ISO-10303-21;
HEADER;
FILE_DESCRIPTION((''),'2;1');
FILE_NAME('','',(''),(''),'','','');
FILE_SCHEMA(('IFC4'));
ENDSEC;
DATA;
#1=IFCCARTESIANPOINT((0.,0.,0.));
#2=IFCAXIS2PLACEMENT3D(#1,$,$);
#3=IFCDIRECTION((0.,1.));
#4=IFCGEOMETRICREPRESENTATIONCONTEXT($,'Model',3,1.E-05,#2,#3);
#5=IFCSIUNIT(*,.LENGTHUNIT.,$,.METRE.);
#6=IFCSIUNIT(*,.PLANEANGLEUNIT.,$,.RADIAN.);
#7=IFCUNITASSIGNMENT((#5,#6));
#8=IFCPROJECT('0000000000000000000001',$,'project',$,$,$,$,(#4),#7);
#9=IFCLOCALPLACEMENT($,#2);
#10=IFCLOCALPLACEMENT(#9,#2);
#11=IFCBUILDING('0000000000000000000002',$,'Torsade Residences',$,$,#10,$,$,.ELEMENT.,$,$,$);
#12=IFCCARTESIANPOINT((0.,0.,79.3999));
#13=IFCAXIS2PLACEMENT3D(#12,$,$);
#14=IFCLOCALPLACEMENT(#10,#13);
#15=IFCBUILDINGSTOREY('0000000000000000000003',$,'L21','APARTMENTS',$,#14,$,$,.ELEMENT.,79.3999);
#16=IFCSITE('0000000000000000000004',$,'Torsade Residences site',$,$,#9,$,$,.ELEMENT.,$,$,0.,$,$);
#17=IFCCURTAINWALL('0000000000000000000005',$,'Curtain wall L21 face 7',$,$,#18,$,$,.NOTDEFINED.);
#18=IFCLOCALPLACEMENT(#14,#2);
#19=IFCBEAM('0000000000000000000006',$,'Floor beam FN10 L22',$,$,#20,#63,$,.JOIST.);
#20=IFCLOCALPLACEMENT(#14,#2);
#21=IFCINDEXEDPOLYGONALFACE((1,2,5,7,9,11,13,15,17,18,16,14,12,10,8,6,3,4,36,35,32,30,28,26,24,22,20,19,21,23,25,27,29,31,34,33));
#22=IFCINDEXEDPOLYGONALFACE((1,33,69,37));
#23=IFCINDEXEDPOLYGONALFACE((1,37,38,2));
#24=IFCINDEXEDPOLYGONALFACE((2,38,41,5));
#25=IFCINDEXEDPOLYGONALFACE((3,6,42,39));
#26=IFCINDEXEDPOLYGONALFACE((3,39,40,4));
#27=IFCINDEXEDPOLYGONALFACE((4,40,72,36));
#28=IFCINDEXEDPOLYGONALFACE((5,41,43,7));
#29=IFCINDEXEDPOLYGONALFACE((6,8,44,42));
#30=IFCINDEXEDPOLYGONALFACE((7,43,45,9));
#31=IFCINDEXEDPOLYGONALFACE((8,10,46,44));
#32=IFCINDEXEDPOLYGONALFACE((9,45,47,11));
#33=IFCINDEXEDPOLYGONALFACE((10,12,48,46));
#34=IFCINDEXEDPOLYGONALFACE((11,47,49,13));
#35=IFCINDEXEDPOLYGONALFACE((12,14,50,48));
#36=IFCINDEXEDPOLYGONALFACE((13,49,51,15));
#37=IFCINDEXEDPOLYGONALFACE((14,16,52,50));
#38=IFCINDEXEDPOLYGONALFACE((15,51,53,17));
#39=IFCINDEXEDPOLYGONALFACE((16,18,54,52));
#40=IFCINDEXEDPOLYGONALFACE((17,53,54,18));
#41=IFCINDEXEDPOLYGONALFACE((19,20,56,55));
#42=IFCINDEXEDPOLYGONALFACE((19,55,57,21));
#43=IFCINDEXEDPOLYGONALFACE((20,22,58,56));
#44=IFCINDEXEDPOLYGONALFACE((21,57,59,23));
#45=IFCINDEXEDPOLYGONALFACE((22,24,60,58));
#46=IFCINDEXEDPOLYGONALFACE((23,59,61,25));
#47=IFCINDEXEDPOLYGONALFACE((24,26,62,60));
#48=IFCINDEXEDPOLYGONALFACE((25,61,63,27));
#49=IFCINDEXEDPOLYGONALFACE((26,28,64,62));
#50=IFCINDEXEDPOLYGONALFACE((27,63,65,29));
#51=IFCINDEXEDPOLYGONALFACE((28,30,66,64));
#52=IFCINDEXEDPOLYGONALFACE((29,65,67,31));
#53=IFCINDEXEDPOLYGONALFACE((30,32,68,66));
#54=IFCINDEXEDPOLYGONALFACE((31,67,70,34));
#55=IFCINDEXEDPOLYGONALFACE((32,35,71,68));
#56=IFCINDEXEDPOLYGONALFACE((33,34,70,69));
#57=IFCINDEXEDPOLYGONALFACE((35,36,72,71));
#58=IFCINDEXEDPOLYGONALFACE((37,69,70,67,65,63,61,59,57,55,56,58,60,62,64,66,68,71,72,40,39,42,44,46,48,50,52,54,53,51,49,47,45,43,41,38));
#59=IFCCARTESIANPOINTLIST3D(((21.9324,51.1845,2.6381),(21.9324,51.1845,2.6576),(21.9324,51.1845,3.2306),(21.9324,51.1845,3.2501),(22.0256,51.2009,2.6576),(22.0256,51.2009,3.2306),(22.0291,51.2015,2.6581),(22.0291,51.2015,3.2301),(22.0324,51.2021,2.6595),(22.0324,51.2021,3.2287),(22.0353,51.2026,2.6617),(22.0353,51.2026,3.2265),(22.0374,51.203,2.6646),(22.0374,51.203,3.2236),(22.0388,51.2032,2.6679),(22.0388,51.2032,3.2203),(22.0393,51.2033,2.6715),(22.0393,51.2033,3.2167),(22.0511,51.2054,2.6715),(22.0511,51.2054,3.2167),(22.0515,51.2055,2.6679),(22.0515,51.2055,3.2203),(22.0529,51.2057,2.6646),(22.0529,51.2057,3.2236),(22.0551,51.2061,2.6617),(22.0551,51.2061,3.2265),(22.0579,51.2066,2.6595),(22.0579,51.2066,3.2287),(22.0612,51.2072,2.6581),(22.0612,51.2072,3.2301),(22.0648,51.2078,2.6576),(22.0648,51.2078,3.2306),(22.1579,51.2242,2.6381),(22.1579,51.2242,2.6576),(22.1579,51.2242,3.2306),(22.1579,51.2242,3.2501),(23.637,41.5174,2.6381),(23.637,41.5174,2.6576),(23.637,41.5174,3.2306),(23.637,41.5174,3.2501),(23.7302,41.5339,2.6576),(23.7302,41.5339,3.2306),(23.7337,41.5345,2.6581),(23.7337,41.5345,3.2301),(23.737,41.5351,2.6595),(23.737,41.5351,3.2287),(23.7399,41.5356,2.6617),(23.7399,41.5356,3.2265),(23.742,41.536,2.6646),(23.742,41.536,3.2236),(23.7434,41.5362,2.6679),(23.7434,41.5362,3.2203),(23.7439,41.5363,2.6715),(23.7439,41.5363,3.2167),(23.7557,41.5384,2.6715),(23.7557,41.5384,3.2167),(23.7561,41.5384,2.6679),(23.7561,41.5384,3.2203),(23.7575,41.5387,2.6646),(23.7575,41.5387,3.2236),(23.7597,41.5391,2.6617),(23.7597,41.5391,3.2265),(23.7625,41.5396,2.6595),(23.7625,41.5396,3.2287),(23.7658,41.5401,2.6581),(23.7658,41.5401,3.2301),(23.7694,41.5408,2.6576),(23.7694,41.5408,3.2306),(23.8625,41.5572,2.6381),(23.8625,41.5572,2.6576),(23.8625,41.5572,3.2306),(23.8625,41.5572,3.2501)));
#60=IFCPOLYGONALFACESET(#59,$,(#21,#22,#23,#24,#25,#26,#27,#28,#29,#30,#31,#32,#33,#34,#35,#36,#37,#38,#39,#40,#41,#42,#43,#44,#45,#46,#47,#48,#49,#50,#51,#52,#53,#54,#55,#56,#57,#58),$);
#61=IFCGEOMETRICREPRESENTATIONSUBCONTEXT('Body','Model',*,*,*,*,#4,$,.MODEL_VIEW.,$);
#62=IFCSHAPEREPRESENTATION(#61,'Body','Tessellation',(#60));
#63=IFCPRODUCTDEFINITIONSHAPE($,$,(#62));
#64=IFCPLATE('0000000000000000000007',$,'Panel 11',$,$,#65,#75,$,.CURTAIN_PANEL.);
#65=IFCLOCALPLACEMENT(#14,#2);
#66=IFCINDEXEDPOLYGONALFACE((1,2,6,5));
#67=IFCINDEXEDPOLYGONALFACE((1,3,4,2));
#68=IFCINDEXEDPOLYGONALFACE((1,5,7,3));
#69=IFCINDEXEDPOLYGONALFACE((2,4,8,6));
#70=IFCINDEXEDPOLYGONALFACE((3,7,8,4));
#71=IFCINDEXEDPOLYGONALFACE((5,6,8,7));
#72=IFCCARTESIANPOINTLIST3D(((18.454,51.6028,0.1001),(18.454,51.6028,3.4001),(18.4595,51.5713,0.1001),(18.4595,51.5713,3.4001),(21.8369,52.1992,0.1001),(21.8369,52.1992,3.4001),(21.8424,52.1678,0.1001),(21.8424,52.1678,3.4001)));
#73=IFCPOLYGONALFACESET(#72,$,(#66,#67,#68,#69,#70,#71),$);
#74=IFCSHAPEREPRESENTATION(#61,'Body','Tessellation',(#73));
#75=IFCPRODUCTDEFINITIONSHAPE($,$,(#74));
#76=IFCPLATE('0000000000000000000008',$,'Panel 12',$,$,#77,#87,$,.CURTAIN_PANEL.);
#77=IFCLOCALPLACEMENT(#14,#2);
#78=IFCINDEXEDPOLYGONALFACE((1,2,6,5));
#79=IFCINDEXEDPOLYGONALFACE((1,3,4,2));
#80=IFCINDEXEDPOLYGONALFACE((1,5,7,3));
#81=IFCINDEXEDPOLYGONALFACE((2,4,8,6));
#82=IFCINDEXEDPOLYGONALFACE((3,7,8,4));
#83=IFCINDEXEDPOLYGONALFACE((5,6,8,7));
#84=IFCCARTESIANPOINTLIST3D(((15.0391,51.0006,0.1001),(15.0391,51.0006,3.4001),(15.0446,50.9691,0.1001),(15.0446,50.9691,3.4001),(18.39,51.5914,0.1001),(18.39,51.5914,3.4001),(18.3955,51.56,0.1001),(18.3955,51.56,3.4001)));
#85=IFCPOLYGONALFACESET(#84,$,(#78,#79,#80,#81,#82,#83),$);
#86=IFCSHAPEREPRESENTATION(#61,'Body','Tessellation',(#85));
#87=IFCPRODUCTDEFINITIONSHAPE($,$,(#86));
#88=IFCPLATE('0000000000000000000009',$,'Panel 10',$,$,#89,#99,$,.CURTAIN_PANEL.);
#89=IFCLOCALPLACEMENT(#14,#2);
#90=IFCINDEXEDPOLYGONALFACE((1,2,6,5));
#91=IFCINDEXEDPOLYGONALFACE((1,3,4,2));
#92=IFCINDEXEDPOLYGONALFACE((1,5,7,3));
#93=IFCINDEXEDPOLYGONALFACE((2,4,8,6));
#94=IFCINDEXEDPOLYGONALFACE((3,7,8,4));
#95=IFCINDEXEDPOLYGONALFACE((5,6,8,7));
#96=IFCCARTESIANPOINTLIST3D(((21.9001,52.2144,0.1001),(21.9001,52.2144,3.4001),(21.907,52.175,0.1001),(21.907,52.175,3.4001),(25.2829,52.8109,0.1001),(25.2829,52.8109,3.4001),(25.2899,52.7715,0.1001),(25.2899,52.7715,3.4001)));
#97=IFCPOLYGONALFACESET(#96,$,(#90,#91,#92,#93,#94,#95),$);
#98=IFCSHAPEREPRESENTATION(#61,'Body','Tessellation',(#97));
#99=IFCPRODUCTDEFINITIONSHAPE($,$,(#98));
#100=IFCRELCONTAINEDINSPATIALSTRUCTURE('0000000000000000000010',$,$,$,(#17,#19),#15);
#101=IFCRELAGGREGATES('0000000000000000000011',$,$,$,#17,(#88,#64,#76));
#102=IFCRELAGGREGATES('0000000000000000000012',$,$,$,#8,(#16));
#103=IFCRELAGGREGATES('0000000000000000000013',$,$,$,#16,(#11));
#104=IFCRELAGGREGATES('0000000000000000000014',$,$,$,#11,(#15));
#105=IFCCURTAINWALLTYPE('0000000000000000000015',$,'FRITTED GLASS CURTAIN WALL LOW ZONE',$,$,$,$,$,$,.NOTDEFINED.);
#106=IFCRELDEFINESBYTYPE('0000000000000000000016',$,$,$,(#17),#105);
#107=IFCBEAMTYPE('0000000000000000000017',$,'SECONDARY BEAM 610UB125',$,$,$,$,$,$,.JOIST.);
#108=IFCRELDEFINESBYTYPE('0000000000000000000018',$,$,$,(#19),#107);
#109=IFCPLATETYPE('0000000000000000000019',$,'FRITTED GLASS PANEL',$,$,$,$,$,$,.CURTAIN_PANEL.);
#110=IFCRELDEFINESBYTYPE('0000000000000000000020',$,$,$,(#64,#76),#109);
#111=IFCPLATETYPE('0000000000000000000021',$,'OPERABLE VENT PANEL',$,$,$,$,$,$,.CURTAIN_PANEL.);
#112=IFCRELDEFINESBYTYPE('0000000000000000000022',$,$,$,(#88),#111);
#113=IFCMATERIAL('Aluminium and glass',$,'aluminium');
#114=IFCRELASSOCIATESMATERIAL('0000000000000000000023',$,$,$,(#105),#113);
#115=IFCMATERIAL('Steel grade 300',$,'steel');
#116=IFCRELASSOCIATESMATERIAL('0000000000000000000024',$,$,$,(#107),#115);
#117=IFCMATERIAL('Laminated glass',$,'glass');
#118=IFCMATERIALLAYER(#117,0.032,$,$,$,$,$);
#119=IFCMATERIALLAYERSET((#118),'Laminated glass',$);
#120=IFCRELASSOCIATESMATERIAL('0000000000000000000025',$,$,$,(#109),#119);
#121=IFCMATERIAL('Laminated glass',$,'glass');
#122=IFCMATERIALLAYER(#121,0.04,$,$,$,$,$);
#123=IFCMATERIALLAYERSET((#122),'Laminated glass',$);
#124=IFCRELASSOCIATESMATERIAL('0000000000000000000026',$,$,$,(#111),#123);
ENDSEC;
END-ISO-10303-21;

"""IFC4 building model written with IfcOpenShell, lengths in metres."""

from ifc_helpers import new_model, si_unit, direction, frame, origin, origin_2d, place, context, subcontext, project, spatial, rectangle, i_section, extrude, material, layer, layer_set, material_profile, profile_set, type_object, element, aggregate, save


model = new_model("IFC4")

# Units and contexts
model_context = context("Model", 3, precision=1e-05, world=origin(), true_north=direction((0.0, 1.0)))
body_context = subcontext(model_context, "Body", "Model", "MODEL_VIEW")
ifc_project = project(units=[si_unit("LENGTHUNIT", "METRE"), si_unit("PLANEANGLEUNIT", "RADIAN")], contexts=[model_context])

# Site, building, storey
site_placement = place(None, origin())
site = spatial("IfcSite", under=ifc_project, at=site_placement, Name="Torsade Residences site", CompositionType="ELEMENT", RefElevation=0.0)
building_placement = place(site_placement, origin())
building = spatial("IfcBuilding", under=site, at=building_placement, Name="Torsade Residences", CompositionType="ELEMENT")
storey_placement = place(building_placement, frame((0.0, 0.0, 79.3999)))
storey = spatial("IfcBuildingStorey", under=building, at=storey_placement, Name="L21", Description="APARTMENTS", CompositionType="ELEMENT", Elevation=79.3999)

# Curtain wall
ifc_material_1 = material(Name="Aluminium and glass", Category="aluminium")
curtain_wall_type = type_object("IfcCurtainWallType", Name="FRITTED GLASS CURTAIN WALL LOW ZONE", PredefinedType="NOTDEFINED", material=ifc_material_1)
curtain_wall_placement = place(storey_placement, origin())
curtain_wall = element("IfcCurtainWall", 1, at=curtain_wall_placement, inside=storey, type_object=curtain_wall_type, Name="Curtain wall L21 face 7", PredefinedType="NOTDEFINED")

# Beam
ifc_material_2 = material(Name="Steel grade 300", Category="steel")
ifc_material_profile_1 = material_profile(ifc_material_2, i_section(OverallWidth=0.229, OverallDepth=0.6121, WebThickness=0.012, FlangeThickness=0.0195, FilletRadius=0.0139, at=origin_2d()), Name="610UB125")
ifc_profile_set_1 = profile_set([ifc_material_profile_1], Name="Steel grade 300")
beam_type_1 = type_object("IfcBeamType", Name="SECONDARY BEAM 610UB125", PredefinedType="JOIST", material=ifc_profile_set_1)
beam_1_placement = place(storey_placement, frame((22.0452, 51.2043, 2.9441), z_axis=(0.173652, -0.984807, 0.0), x_axis=(0.984807, 0.173652, 0.0)))
element("IfcBeam", 2, at=beam_1_placement, inside=storey, type_object=beam_type_1, Name="Floor beam FN10 L22", PredefinedType="JOIST", context=body_context, shape_type="SweptSolid", body=[
    extrude(i_section(OverallWidth=0.229, OverallDepth=0.6121, WebThickness=0.012, FlangeThickness=0.0195, FilletRadius=0.0139, at=origin_2d()), origin(), (0.0, 0.0, 1.0), 9.8162),
])

# Plates
ifc_material_3 = material(Name="Laminated glass", Category="glass")
ifc_layer_1 = layer(ifc_material_3, 0.032)
ifc_layer_set_1 = layer_set([ifc_layer_1], Name="Laminated glass")
plate_type_1 = type_object("IfcPlateType", Name="FRITTED GLASS PANEL", PredefinedType="CURTAIN_PANEL", material=ifc_layer_set_1)
plate_1_placement = place(storey_placement, frame((20.1482, 51.8853, 0.1001), z_axis=(0.0, 0.0, 1.0), x_axis=(-0.984808, -0.173648, 0.0)))
plate_1 = element("IfcPlate", 3, at=plate_1_placement, type_object=plate_type_1, Name="Panel 11", PredefinedType="CURTAIN_PANEL", context=body_context, shape_type="SweptSolid", body=[
    extrude(rectangle(XDim=3.4351, YDim=0.032, at=origin_2d()), origin(), (0.0, 0.0, 1.0), 3.3),
])
plate_2_placement = place(storey_placement, frame((16.7173, 51.2803, 0.1001), z_axis=(0.0, 0.0, 1.0), x_axis=(-0.984808, -0.173648, 0.0)))
plate_2 = element("IfcPlate", 4, at=plate_2_placement, type_object=plate_type_1, Name="Panel 12", PredefinedType="CURTAIN_PANEL", context=body_context, shape_type="SweptSolid", body=[
    extrude(rectangle(XDim=3.4026, YDim=0.032, at=origin_2d()), origin(), (0.0, 0.0, 1.0), 3.3),
])
ifc_material_4 = material(Name="Laminated glass", Category="glass")
ifc_layer_2 = layer(ifc_material_4, 0.04)
ifc_layer_set_2 = layer_set([ifc_layer_2], Name="Laminated glass")
plate_type_2 = type_object("IfcPlateType", Name="OPERABLE VENT PANEL", PredefinedType="CURTAIN_PANEL", material=ifc_layer_set_2)
plate_3_placement = place(storey_placement, frame((23.595, 52.4929, 0.1001), z_axis=(0.0, 0.0, 1.0), x_axis=(-0.984808, -0.173648, 0.0)))
plate_3 = element("IfcPlate", 5, at=plate_3_placement, type_object=plate_type_2, Name="Panel 10", PredefinedType="CURTAIN_PANEL", context=body_context, shape_type="SweptSolid", body=[
    extrude(rectangle(XDim=3.4351, YDim=0.04, at=origin_2d()), origin(), (0.0, 0.0, 1.0), 3.3),
])
aggregate(curtain_wall, [plate_3, plate_1, plate_2])

save(model, "model.ifc")
